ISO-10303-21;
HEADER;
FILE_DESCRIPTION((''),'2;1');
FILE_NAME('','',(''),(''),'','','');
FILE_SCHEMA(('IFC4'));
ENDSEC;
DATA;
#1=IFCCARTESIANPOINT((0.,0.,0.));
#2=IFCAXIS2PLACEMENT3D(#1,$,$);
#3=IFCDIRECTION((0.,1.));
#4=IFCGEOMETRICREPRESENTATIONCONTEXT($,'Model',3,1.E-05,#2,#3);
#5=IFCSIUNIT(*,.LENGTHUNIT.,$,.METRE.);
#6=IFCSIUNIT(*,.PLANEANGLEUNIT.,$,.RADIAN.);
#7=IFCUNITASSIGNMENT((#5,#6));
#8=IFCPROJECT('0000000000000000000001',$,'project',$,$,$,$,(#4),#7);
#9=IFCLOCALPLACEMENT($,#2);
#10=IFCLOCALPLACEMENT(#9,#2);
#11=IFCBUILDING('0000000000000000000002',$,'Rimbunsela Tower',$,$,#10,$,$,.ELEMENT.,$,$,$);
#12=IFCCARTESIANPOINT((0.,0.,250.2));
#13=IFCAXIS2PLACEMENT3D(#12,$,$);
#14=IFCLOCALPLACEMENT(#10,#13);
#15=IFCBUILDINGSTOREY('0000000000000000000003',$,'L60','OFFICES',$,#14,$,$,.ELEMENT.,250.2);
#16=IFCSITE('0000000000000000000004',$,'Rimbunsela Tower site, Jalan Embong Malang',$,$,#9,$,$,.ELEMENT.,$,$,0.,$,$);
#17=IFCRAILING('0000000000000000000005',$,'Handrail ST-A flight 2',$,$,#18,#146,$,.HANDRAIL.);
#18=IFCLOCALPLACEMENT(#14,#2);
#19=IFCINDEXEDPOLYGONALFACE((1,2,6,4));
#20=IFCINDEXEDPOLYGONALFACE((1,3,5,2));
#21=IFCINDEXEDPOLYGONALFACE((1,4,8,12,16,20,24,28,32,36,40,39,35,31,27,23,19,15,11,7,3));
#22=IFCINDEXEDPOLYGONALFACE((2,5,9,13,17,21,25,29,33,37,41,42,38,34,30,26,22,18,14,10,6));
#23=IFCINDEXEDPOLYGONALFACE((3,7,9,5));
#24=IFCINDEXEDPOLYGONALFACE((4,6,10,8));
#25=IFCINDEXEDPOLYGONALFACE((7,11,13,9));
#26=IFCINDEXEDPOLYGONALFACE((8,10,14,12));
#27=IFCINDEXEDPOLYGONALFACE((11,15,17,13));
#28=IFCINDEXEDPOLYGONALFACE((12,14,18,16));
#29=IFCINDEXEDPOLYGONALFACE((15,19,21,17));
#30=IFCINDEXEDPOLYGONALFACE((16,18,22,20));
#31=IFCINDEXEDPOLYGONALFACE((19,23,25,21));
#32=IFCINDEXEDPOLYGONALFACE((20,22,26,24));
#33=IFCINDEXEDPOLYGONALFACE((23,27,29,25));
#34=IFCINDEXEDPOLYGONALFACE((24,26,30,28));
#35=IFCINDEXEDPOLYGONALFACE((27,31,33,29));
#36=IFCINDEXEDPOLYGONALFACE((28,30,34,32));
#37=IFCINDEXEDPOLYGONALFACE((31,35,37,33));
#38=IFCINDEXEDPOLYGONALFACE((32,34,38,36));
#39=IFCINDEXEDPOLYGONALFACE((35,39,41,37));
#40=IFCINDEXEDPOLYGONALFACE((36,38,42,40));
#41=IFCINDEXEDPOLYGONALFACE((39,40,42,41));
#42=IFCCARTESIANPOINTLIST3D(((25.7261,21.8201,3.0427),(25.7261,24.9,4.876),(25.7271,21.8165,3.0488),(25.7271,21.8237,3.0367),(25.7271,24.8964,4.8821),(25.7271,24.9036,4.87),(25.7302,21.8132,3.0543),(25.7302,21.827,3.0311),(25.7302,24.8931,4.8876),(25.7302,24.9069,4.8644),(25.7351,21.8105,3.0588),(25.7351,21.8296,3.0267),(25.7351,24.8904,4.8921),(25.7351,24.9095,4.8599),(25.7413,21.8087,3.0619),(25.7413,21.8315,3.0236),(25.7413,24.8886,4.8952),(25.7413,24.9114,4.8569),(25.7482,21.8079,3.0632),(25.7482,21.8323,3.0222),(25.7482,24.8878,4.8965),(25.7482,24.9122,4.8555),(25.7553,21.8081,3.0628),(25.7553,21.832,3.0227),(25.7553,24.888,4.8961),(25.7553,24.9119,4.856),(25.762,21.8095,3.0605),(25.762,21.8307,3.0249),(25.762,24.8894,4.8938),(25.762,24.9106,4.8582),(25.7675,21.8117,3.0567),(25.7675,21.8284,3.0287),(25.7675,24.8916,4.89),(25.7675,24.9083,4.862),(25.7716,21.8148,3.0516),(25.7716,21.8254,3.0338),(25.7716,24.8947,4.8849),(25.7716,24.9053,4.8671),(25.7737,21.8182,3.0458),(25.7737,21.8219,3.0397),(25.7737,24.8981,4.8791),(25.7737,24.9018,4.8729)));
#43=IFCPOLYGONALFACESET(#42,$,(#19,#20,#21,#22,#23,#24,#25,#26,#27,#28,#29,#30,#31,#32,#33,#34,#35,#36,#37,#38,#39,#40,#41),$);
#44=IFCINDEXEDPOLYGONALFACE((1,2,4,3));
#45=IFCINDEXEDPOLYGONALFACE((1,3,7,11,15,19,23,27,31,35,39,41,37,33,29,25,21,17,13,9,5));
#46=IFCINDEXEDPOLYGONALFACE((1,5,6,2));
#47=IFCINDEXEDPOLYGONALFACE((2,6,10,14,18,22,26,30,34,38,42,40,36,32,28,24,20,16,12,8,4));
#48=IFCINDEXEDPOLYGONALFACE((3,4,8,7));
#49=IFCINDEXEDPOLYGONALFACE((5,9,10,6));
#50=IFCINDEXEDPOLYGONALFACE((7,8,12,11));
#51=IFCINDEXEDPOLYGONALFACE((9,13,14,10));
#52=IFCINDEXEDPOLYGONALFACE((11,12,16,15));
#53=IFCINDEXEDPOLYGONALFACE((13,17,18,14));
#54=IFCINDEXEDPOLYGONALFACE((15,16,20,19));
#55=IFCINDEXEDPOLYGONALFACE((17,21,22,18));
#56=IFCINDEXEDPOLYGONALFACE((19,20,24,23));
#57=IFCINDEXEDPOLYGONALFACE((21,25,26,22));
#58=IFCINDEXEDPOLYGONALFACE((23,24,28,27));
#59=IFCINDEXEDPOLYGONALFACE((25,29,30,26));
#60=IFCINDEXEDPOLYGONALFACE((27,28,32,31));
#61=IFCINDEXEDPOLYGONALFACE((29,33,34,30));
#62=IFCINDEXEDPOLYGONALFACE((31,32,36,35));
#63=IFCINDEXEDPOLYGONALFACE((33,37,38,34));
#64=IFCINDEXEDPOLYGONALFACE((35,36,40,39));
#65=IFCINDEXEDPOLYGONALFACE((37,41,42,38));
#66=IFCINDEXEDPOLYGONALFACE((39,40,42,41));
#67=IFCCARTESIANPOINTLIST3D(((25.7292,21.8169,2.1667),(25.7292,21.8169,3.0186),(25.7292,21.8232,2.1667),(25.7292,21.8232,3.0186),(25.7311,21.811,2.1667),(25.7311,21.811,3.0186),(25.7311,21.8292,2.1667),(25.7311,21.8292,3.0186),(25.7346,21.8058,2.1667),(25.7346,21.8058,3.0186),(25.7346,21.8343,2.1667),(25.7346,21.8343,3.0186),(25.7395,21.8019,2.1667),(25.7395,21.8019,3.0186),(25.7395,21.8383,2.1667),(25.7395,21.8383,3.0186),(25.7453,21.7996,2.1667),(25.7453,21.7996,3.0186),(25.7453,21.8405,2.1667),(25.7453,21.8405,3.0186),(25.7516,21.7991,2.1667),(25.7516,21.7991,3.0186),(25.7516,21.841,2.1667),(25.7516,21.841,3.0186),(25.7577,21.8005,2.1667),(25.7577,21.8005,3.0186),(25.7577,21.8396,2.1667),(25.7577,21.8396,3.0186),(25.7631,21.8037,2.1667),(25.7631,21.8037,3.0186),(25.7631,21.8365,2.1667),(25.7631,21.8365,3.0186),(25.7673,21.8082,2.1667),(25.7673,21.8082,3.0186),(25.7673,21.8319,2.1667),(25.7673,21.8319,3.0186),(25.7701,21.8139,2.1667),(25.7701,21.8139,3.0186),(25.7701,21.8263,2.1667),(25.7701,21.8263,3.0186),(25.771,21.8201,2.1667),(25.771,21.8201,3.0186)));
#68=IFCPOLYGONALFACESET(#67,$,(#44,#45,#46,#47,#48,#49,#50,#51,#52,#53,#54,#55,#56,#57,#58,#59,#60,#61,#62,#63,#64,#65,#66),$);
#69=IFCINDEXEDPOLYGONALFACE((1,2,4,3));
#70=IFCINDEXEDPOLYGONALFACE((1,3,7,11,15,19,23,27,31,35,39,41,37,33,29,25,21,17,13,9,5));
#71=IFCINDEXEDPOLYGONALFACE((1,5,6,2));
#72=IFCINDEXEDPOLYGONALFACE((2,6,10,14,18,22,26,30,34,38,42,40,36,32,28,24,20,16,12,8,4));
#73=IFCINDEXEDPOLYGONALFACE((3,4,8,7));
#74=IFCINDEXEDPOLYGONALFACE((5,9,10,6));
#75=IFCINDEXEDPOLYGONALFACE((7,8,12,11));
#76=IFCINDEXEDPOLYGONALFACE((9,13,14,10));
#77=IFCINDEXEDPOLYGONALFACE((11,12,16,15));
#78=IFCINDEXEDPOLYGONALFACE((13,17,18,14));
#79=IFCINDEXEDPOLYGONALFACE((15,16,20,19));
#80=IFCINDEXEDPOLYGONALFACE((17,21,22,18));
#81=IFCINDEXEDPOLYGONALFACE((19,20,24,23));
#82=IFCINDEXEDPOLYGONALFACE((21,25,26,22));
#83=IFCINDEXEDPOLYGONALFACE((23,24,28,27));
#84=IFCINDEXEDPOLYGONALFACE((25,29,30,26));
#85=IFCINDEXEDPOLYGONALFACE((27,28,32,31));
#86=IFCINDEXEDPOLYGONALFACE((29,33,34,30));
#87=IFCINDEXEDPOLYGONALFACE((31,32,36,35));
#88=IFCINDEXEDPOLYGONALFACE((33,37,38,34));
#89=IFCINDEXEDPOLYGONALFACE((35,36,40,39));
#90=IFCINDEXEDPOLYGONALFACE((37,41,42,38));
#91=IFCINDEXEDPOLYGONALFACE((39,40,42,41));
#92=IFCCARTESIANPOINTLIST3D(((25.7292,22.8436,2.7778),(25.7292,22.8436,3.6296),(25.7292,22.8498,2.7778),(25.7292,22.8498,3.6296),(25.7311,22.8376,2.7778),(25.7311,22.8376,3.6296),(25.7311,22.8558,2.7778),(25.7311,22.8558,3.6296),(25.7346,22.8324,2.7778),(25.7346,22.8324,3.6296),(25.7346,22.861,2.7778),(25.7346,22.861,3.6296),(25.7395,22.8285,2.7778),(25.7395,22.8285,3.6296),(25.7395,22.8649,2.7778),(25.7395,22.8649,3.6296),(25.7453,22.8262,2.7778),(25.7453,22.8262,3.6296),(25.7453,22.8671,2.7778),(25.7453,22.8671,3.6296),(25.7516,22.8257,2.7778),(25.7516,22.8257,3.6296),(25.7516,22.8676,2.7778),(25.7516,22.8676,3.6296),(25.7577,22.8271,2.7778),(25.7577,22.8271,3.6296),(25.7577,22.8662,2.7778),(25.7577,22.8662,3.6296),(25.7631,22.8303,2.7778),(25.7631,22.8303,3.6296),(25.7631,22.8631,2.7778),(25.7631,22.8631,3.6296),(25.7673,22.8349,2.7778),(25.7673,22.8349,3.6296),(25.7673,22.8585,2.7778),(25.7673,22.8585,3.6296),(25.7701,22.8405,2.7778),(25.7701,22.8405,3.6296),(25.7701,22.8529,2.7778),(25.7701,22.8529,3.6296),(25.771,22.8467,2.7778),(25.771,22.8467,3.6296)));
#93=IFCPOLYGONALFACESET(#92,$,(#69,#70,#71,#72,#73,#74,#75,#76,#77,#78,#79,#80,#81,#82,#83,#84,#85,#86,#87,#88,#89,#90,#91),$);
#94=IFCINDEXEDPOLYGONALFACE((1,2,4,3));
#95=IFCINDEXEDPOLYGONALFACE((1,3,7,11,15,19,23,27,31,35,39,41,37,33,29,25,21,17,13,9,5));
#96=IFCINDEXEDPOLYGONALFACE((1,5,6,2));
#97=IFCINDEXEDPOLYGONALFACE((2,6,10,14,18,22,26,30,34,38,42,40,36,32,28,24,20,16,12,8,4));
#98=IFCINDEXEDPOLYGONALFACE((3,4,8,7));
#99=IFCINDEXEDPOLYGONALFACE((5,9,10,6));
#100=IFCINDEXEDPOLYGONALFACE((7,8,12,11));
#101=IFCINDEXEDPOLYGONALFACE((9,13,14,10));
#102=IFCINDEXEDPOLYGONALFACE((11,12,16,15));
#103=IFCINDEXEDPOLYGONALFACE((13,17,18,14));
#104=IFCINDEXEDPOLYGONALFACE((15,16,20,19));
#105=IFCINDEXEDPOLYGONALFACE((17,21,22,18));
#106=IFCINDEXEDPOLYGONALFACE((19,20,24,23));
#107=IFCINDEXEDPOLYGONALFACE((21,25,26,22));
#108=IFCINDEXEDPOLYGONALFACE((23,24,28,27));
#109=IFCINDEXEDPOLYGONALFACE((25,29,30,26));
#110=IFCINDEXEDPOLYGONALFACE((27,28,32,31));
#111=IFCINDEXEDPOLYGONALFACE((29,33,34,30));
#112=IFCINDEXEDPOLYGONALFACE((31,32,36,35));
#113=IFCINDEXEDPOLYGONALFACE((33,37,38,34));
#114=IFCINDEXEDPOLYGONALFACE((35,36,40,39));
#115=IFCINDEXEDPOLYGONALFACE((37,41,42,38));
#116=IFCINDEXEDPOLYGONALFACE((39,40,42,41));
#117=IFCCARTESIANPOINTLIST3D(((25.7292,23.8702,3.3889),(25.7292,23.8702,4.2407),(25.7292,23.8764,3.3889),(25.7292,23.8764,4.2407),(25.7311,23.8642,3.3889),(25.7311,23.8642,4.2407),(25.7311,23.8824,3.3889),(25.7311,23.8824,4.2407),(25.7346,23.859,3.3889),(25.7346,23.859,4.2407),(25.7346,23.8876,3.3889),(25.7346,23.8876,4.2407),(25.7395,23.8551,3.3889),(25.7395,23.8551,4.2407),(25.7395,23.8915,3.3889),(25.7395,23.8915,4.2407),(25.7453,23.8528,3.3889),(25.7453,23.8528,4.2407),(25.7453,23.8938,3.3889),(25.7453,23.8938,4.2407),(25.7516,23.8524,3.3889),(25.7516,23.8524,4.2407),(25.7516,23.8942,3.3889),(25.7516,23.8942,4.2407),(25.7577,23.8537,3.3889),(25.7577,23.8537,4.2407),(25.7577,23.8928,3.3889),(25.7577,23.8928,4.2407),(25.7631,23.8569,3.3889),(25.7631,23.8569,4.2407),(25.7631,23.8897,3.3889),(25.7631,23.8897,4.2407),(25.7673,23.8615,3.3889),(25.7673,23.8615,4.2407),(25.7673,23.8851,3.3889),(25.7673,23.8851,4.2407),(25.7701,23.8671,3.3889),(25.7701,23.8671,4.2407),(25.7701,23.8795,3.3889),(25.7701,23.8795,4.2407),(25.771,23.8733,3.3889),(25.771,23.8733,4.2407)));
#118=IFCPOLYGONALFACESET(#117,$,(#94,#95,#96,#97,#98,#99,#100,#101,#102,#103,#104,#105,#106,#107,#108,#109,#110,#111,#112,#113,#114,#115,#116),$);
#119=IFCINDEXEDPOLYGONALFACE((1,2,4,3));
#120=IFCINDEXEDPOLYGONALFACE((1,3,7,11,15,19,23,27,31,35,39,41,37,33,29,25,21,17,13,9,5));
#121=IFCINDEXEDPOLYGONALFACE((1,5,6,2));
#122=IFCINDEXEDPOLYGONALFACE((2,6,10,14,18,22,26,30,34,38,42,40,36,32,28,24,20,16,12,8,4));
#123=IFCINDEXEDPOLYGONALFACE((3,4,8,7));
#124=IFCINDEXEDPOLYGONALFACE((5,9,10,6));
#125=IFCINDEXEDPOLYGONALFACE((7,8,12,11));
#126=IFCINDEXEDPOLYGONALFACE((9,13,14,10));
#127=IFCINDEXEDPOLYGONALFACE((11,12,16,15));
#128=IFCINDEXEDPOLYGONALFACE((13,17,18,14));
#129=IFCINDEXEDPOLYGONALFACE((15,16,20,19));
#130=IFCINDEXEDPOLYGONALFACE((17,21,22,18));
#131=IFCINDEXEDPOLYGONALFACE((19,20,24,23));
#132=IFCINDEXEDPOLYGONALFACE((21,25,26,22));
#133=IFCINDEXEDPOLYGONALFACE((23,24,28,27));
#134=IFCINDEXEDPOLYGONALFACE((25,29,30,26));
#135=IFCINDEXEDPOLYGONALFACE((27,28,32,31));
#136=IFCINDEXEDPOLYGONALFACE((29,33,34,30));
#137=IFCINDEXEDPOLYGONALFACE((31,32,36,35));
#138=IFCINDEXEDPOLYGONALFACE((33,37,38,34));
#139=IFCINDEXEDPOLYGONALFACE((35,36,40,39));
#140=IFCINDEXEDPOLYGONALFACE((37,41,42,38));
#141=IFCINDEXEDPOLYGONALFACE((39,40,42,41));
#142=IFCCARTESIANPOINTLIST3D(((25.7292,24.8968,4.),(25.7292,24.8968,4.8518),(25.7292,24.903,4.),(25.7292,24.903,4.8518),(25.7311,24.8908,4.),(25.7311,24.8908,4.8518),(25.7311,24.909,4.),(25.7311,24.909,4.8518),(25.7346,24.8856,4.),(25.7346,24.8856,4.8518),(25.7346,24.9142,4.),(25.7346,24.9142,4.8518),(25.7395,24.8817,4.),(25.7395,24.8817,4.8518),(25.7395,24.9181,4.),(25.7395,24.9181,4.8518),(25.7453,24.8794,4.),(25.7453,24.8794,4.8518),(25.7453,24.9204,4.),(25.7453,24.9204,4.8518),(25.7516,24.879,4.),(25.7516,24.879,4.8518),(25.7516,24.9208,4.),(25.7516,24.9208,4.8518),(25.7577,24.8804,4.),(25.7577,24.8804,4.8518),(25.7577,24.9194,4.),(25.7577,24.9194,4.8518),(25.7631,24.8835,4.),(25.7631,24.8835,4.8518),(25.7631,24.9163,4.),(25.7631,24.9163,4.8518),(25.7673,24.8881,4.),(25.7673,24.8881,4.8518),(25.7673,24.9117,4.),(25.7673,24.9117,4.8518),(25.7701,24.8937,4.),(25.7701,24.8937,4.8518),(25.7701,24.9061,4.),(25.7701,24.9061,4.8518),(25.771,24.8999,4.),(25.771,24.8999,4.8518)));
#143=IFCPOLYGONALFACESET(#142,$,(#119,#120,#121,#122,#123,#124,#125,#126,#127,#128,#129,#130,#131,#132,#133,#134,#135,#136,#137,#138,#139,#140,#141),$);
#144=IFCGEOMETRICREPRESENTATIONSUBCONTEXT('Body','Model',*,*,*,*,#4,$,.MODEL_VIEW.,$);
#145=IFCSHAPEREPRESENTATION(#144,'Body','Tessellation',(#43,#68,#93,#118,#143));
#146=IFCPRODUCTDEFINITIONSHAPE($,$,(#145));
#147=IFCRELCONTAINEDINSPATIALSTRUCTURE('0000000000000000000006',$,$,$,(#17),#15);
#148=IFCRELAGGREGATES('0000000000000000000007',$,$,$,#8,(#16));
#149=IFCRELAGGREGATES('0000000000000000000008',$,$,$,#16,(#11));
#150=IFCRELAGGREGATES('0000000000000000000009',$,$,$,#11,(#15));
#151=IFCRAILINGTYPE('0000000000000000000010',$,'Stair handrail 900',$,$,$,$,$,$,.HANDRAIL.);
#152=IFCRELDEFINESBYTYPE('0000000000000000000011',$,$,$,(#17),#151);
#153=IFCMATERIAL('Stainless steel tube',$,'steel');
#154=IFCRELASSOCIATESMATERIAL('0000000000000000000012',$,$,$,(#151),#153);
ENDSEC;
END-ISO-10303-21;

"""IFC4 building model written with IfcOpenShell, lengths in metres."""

from ifc_helpers import new_model, si_unit, direction, frame, origin, origin_2d, place, context, subcontext, project, spatial, circle, extrude, material, type_object, element, save


model = new_model("IFC4")

# Units and contexts
model_context = context("Model", 3, precision=1e-05, world=origin(), true_north=direction((0.0, 1.0)))
body_context = subcontext(model_context, "Body", "Model", "MODEL_VIEW")
ifc_project = project(units=[si_unit("LENGTHUNIT", "METRE"), si_unit("PLANEANGLEUNIT", "RADIAN")], contexts=[model_context])

# Site, building, storey
site_placement = place(None, origin())
site = spatial("IfcSite", under=ifc_project, at=site_placement, Name="Rimbunsela Tower site, Jalan Embong Malang", CompositionType="ELEMENT", RefElevation=0.0)
building_placement = place(site_placement, origin())
building = spatial("IfcBuilding", under=site, at=building_placement, Name="Rimbunsela Tower", CompositionType="ELEMENT")
storey_placement = place(building_placement, frame((0.0, 0.0, 250.2)))
storey = spatial("IfcBuildingStorey", under=building, at=storey_placement, Name="L60", Description="OFFICES", CompositionType="ELEMENT", Elevation=250.2)

# Railing
ifc_material_1 = material(Name="Stainless steel tube", Category="steel")
railing_type = type_object("IfcRailingType", Name="Stair handrail 900", PredefinedType="HANDRAIL", material=ifc_material_1)
railing_1_placement = place(storey_placement, frame((25.75, 21.8201, 2.1667)))
element("IfcRailing", 1, at=railing_1_placement, inside=storey, type_object=railing_type, Name="Handrail ST-A flight 2", PredefinedType="HANDRAIL", context=body_context, shape_type="SweptSolid", body=[
    extrude(circle(Radius=0.0239, at=origin_2d()), frame((0.0, 0.0, 0.876), z_axis=(0.0, 0.859291, 0.511487), x_axis=(-1.0, 0.0, 0.0)), (0.0, 0.0, 1.0), 3.5842),
    extrude(circle(Radius=0.021, at=origin_2d()), origin(), (0.0, 0.0, 1.0), 0.8518),
    extrude(circle(Radius=0.021, at=origin_2d()), frame((0.0, 1.0266, 0.6111)), (0.0, 0.0, 1.0), 0.8518),
    extrude(circle(Radius=0.021, at=origin_2d()), frame((0.0, 2.0532, 1.2222)), (0.0, 0.0, 1.0), 0.8518),
    extrude(circle(Radius=0.021, at=origin_2d()), frame((0.0, 3.0798, 1.8333)), (0.0, 0.0, 1.0), 0.8518),
])

save(model, "model.ifc")
